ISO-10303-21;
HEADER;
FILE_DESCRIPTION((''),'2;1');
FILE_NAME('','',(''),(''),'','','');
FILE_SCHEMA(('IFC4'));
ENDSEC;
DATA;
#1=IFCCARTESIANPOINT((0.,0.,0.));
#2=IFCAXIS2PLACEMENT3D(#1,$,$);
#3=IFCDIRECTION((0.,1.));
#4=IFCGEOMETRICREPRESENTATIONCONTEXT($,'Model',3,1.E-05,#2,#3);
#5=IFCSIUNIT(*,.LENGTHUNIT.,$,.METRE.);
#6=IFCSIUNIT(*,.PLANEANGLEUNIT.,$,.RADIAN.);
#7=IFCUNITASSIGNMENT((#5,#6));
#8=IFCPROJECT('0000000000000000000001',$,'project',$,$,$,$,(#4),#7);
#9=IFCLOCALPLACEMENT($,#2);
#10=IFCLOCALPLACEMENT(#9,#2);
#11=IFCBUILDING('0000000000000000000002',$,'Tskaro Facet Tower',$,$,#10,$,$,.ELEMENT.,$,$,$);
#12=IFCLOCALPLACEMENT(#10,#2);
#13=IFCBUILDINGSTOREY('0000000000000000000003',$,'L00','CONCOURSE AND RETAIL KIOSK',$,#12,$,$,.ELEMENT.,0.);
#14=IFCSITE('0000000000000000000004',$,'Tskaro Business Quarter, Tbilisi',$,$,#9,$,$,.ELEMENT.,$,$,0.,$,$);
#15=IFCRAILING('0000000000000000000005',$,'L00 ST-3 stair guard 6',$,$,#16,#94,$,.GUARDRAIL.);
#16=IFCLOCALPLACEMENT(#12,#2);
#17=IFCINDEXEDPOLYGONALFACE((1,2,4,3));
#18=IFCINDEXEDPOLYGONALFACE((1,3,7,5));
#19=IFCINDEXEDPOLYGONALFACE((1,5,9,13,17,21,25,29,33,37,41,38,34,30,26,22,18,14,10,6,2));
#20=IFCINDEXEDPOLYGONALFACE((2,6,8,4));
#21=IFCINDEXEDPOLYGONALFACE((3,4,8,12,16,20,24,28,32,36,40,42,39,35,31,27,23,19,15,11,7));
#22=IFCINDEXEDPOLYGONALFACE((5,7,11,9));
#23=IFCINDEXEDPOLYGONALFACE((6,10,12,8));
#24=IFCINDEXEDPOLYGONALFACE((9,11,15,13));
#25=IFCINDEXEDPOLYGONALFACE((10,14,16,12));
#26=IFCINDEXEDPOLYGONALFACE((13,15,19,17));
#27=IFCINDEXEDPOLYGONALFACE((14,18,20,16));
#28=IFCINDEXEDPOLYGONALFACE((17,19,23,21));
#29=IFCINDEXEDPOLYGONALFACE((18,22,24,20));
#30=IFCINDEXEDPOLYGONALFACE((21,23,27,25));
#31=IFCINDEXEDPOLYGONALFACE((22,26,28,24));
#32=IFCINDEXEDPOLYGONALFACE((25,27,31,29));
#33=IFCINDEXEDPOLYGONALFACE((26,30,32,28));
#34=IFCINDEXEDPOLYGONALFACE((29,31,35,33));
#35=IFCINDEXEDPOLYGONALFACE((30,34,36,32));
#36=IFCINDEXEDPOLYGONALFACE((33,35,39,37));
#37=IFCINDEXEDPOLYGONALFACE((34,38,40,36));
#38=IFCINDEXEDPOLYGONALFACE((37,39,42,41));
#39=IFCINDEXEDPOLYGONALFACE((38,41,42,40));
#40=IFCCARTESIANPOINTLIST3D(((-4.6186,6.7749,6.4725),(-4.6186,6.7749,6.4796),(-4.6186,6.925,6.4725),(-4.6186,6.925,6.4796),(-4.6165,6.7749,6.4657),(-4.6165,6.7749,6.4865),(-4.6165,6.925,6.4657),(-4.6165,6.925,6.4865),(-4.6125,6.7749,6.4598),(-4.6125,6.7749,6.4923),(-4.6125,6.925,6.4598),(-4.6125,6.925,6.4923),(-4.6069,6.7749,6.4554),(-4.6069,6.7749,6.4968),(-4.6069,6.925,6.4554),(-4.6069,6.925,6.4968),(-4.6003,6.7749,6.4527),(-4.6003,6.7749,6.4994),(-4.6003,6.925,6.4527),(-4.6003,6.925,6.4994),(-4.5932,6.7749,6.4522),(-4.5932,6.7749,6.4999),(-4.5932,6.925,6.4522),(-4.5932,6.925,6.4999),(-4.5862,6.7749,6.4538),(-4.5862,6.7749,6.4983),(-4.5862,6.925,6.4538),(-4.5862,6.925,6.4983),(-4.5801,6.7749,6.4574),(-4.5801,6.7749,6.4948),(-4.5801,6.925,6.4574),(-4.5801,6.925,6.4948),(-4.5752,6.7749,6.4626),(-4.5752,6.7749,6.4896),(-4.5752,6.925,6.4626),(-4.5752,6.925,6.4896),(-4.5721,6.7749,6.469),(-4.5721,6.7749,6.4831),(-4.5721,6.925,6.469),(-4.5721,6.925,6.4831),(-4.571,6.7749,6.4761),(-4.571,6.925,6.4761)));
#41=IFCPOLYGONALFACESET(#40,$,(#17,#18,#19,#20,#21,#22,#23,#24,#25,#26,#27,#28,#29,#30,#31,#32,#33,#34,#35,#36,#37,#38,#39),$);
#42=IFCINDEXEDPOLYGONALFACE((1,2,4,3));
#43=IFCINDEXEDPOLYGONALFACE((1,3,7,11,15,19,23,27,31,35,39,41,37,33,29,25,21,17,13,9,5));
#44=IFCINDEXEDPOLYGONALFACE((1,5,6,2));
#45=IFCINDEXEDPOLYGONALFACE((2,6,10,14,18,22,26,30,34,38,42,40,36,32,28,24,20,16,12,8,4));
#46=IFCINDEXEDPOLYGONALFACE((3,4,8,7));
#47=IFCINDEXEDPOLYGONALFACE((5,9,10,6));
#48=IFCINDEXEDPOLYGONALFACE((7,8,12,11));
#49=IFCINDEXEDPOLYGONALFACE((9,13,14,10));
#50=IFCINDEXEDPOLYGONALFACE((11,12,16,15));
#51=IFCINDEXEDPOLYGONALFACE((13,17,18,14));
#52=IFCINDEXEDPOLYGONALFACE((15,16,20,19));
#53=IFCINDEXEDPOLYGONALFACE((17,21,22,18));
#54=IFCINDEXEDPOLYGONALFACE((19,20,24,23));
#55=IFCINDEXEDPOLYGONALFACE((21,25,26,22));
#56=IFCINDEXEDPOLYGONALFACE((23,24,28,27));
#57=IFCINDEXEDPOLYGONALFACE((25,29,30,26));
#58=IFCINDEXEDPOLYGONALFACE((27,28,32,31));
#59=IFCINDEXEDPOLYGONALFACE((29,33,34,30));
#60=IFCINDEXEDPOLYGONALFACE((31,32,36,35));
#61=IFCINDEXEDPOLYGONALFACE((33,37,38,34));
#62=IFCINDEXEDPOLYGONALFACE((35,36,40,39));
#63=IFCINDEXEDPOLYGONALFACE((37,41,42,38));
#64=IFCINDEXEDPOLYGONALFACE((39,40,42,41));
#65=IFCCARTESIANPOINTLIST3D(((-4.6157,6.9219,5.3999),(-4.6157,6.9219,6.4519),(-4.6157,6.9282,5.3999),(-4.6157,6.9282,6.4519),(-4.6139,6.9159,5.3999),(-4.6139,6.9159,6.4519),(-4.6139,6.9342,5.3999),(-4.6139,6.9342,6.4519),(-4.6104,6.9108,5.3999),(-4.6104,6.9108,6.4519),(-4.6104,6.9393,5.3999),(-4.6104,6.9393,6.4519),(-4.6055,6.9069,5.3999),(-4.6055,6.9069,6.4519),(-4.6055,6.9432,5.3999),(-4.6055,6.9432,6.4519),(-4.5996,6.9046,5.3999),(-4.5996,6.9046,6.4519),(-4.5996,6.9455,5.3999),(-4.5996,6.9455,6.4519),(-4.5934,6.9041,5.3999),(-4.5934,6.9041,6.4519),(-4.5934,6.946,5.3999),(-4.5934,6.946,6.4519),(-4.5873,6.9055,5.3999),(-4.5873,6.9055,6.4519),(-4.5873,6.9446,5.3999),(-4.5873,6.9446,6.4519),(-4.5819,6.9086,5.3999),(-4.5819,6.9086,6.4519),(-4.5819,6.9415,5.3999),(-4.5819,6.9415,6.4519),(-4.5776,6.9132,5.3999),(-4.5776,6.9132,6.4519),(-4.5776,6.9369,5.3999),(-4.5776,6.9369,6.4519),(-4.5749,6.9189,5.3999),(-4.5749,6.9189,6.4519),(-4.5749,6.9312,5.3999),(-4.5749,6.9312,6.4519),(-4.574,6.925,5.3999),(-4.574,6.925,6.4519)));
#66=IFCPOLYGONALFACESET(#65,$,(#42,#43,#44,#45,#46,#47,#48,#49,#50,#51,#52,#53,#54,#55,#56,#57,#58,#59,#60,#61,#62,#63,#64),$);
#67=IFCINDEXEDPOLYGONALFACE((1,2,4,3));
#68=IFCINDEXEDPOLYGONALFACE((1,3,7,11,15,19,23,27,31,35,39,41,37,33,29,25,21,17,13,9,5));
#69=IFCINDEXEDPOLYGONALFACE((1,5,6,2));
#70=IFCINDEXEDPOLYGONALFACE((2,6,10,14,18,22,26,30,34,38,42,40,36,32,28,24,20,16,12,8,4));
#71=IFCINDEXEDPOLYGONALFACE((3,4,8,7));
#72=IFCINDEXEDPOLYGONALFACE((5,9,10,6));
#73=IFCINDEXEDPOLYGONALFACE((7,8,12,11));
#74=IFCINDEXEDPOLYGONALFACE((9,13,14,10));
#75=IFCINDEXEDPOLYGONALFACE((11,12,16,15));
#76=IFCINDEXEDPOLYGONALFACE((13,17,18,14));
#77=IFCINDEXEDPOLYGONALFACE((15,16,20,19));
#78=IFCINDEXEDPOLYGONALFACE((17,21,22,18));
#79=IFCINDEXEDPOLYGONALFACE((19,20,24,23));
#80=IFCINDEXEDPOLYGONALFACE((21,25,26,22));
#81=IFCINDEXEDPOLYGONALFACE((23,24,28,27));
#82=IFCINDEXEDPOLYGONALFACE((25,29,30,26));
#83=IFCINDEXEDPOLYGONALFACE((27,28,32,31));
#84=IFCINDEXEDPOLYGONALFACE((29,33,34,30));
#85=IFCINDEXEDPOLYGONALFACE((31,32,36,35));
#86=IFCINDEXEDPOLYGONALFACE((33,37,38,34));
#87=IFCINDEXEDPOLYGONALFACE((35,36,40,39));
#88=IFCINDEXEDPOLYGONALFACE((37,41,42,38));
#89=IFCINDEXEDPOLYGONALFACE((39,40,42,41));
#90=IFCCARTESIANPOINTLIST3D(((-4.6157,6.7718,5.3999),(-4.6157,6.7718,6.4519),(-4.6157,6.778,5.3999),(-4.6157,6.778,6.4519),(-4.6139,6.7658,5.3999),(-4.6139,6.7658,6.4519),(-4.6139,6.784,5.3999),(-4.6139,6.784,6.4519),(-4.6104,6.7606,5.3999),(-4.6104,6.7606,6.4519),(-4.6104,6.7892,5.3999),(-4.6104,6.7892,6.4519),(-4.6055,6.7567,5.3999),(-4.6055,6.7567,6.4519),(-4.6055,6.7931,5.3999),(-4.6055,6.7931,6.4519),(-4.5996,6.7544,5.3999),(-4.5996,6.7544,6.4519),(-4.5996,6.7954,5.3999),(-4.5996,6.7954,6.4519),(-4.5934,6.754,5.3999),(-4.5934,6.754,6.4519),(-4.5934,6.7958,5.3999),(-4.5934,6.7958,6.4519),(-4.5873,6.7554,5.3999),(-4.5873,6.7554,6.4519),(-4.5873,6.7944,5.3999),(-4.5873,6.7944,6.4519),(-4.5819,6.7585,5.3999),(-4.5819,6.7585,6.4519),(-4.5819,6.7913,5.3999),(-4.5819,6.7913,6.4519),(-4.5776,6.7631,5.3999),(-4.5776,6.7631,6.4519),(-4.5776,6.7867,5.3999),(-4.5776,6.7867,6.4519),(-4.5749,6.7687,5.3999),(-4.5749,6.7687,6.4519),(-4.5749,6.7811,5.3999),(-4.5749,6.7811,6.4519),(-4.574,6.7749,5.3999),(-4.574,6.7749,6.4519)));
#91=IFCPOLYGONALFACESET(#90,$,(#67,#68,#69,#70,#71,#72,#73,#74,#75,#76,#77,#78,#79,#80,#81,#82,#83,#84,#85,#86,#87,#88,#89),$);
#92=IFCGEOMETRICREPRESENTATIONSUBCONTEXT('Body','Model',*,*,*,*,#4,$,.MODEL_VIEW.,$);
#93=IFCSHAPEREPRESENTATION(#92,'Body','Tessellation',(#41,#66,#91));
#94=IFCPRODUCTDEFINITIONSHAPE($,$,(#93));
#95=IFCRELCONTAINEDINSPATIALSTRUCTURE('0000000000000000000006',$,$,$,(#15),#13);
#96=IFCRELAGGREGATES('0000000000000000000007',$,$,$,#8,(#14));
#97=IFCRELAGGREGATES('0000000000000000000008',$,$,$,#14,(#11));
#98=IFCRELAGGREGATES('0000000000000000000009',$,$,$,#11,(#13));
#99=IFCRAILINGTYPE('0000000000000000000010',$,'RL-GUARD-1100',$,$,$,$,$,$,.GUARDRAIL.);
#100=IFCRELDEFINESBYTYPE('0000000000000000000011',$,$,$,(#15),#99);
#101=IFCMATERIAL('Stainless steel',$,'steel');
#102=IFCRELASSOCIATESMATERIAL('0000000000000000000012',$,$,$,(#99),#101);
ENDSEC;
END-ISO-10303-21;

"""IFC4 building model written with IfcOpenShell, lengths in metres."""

from ifc_helpers import new_model, si_unit, direction, frame, origin, origin_2d, place, context, subcontext, project, spatial, circle, extrude, material, type_object, element, save


model = new_model("IFC4")

# Units and contexts
model_context = context("Model", 3, precision=1e-05, world=origin(), true_north=direction((0.0, 1.0)))
body_context = subcontext(model_context, "Body", "Model", "MODEL_VIEW")
ifc_project = project(units=[si_unit("LENGTHUNIT", "METRE"), si_unit("PLANEANGLEUNIT", "RADIAN")], contexts=[model_context])

# Site, building, storey
site_placement = place(None, origin())
site = spatial("IfcSite", under=ifc_project, at=site_placement, Name="Tskaro Business Quarter, Tbilisi", CompositionType="ELEMENT", RefElevation=0.0)
building_placement = place(site_placement, origin())
building = spatial("IfcBuilding", under=site, at=building_placement, Name="Tskaro Facet Tower", CompositionType="ELEMENT")
storey_placement = place(building_placement, origin())
storey = spatial("IfcBuildingStorey", under=building, at=storey_placement, Name="L00", Description="CONCOURSE AND RETAIL KIOSK", CompositionType="ELEMENT", Elevation=0.0)

# Railing
ifc_material_1 = material(Name="Stainless steel", Category="steel")
railing_type_1 = type_object("IfcRailingType", Name="RL-GUARD-1100", PredefinedType="GUARDRAIL", material=ifc_material_1)
railing_1_placement = place(storey_placement, frame((-4.595, 6.925, 5.3999)))
element("IfcRailing", 1, at=railing_1_placement, inside=storey, type_object=railing_type_1, Name="L00 ST-3 stair guard 6", PredefinedType="GUARDRAIL", context=body_context, shape_type="SweptSolid", body=[
    extrude(circle(Radius=0.0239, at=origin_2d()), frame((0.0, 0.0, 1.0762), z_axis=(0.0, -1.0, 0.0), x_axis=(1.0, 0.0, 0.0)), (0.0, 0.0, 1.0), 0.1501),
    extrude(circle(Radius=0.021, at=origin_2d()), origin(), (0.0, 0.0, 1.0), 1.052),
    extrude(circle(Radius=0.021, at=origin_2d()), frame((0.0, -0.1501, 0.0)), (0.0, 0.0, 1.0), 1.052),
])

save(model, "model.ifc")
